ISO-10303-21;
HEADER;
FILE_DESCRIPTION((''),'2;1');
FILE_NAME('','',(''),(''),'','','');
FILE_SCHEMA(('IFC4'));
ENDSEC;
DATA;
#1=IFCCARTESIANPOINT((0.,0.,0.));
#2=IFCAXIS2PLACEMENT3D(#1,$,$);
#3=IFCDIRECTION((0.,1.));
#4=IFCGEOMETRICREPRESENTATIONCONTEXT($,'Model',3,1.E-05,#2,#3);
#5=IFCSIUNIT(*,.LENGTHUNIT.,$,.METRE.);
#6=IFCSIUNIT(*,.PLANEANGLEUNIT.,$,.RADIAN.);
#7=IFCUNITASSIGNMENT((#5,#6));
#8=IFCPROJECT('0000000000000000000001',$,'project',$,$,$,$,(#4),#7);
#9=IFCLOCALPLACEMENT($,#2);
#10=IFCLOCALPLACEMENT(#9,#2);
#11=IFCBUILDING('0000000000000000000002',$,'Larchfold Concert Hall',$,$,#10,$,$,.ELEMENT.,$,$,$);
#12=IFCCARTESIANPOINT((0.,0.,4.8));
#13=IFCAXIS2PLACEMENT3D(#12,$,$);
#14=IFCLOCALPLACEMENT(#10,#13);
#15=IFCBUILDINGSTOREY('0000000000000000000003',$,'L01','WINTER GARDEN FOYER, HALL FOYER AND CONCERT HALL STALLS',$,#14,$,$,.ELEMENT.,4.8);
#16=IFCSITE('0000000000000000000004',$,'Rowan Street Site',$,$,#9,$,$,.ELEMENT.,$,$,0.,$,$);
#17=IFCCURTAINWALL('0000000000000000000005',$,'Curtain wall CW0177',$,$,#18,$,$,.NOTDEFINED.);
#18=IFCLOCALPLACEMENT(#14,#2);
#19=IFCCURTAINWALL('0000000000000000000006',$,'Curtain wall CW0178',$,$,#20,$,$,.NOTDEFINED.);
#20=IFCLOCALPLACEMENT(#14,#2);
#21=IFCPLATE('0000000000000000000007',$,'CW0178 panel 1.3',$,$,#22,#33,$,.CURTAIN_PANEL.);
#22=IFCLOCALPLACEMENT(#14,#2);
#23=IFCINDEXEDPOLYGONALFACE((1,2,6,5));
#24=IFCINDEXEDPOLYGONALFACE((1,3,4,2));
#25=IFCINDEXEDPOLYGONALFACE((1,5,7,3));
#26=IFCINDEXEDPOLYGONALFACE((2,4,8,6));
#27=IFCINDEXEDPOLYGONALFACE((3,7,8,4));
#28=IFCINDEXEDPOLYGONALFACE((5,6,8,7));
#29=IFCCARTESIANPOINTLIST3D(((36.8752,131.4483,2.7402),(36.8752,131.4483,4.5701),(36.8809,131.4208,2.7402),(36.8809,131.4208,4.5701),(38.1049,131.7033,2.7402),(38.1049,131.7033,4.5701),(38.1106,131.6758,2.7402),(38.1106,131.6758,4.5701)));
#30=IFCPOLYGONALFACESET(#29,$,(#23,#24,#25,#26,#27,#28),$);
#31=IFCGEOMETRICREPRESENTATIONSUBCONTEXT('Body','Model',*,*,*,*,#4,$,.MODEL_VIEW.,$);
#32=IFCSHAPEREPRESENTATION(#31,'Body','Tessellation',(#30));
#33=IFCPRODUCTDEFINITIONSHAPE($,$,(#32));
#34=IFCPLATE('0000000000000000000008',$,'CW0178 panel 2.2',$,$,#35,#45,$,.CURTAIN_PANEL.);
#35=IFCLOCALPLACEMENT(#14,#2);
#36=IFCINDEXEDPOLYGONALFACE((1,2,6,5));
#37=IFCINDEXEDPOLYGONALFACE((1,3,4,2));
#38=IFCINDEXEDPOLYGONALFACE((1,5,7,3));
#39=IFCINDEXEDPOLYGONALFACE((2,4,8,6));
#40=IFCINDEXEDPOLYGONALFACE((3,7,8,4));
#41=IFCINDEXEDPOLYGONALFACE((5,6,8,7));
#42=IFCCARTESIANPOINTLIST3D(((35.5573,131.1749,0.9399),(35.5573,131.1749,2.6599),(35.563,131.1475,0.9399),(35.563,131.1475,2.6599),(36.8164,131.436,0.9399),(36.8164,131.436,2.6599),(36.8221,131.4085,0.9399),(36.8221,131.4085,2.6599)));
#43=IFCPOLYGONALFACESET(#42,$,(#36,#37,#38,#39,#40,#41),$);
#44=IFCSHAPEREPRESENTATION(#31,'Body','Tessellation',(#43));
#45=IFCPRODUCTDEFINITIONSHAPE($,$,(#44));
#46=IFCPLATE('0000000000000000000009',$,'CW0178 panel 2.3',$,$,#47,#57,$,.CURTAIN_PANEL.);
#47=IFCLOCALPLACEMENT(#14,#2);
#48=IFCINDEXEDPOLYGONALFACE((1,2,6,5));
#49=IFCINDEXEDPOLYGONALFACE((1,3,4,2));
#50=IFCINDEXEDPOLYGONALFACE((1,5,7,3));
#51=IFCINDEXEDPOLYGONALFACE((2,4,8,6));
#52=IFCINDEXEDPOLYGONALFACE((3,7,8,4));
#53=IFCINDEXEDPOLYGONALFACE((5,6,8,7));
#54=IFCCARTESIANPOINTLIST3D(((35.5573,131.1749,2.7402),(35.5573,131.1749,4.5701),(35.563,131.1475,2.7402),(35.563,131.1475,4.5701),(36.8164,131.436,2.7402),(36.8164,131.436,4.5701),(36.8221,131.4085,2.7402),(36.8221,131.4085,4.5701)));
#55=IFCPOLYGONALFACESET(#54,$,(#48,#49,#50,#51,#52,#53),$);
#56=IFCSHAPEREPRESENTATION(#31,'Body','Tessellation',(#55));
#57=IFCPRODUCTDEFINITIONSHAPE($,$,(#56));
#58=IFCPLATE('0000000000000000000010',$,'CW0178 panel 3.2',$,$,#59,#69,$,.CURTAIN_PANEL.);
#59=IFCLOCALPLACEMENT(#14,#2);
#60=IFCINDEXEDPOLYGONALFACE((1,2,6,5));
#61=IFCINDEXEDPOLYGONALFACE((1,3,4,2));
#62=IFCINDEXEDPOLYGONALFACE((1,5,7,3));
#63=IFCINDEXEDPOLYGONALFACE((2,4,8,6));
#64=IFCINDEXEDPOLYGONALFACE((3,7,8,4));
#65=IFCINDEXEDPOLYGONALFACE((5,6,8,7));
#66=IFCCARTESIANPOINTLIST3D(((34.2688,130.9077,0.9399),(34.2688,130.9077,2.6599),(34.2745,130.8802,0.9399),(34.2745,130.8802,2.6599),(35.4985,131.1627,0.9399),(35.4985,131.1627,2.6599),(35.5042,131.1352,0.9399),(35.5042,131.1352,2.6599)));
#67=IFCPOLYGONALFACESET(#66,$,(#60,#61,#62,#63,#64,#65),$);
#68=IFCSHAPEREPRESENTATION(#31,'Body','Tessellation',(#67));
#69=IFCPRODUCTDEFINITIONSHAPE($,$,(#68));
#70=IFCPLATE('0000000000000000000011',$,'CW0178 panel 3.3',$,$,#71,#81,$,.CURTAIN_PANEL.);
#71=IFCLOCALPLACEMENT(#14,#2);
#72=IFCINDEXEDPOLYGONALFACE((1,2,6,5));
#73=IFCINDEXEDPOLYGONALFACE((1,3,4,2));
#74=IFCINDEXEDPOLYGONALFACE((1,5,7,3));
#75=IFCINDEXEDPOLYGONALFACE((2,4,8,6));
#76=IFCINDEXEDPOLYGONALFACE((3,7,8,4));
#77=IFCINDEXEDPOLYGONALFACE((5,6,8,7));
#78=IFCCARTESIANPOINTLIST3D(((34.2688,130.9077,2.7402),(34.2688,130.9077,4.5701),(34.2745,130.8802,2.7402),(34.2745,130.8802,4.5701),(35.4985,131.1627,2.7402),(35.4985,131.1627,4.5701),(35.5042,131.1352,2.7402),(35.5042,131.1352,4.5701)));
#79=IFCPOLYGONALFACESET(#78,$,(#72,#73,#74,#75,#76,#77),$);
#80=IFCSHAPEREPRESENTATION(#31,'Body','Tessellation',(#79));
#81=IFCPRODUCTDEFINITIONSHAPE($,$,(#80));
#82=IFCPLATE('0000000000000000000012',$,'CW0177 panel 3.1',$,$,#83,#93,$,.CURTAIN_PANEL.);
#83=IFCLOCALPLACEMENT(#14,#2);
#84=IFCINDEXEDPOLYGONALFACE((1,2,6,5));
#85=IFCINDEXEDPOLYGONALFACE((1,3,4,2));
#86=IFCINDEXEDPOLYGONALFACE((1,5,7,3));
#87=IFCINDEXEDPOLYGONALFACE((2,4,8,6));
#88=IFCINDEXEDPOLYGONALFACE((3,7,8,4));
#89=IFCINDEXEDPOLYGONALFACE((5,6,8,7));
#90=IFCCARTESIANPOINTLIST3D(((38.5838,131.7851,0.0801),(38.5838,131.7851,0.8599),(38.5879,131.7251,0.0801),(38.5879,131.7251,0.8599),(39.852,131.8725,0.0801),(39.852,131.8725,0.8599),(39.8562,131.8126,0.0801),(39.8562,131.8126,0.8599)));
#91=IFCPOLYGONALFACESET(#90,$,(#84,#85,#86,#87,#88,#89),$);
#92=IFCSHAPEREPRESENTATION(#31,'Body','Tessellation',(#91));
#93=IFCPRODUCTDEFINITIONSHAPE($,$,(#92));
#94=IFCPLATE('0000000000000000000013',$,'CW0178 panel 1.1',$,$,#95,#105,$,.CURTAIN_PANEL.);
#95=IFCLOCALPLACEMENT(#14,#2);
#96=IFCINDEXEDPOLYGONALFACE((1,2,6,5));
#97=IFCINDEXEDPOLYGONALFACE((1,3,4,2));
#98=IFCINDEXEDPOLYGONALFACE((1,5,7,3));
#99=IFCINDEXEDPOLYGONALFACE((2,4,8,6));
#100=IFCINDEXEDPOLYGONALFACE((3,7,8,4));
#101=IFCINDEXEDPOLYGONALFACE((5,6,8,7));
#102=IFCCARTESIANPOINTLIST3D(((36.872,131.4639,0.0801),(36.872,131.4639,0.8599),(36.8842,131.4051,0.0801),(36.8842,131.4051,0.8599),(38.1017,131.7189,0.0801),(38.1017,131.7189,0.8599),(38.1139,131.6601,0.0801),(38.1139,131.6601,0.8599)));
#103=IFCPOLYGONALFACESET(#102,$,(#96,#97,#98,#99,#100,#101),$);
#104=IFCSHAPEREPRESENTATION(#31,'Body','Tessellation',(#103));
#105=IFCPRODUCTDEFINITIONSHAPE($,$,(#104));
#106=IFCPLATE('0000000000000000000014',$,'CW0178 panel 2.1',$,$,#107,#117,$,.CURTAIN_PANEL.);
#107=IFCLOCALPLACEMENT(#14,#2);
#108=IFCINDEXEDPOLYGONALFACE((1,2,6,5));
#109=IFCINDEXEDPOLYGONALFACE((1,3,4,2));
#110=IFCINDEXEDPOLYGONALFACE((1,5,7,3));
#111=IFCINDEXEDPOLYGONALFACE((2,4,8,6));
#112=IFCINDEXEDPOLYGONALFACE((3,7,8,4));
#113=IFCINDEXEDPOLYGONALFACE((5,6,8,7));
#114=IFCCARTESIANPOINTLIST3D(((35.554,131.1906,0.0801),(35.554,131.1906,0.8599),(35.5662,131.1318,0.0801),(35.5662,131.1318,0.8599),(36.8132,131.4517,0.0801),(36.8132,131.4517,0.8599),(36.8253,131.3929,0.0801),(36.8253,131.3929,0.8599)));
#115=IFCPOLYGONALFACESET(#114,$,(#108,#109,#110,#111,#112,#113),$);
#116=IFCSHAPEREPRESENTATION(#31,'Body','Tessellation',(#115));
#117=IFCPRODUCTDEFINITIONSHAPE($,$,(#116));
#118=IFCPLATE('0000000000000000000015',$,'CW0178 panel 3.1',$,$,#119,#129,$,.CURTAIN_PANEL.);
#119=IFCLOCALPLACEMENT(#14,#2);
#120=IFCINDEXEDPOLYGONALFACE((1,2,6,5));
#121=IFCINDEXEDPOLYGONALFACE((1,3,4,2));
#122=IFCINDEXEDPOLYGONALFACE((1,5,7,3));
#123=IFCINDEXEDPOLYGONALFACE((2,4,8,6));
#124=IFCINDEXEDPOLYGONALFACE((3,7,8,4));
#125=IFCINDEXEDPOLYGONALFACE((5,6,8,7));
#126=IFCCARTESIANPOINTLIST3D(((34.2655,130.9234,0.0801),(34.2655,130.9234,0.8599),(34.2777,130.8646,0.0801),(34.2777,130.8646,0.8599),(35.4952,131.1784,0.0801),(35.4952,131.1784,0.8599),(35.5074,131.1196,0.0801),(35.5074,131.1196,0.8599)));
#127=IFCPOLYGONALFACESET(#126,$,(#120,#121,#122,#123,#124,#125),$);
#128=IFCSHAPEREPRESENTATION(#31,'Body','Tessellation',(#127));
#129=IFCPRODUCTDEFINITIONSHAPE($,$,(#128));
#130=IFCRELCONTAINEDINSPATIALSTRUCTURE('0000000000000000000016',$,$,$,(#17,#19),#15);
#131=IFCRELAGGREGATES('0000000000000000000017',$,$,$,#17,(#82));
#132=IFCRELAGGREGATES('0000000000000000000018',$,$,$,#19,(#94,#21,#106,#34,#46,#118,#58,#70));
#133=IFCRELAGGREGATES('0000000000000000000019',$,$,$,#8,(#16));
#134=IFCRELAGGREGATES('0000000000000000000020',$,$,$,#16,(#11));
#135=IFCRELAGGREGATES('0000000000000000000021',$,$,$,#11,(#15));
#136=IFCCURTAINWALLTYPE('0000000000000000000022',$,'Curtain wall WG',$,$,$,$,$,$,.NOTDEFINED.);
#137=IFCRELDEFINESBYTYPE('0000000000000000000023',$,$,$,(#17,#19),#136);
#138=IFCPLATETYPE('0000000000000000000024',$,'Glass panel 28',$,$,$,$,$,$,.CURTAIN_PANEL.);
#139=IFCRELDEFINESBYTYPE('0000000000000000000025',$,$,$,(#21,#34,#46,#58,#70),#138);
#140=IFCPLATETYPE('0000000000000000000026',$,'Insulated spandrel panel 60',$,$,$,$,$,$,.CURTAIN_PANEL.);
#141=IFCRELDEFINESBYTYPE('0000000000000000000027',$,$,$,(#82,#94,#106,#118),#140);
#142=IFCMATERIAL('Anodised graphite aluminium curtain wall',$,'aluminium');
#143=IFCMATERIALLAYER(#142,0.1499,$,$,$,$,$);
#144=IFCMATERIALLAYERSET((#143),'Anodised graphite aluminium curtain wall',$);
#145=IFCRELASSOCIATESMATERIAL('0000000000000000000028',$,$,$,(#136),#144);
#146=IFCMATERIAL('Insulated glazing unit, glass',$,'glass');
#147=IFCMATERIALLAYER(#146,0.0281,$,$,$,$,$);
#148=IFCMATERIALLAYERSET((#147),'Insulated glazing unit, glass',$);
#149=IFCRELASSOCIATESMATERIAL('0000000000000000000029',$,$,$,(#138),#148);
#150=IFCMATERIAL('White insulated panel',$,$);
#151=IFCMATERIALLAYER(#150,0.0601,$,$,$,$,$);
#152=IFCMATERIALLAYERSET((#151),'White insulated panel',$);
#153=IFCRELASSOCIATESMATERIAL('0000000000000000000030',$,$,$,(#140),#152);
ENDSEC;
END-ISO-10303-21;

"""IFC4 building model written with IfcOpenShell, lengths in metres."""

from ifc_helpers import new_model, si_unit, direction, frame, origin, origin_2d, place, context, subcontext, project, spatial, rectangle, extrude, material, layer, layer_set, type_object, element, aggregate, save


model = new_model("IFC4")

# Units and contexts
model_context = context("Model", 3, precision=1e-05, world=origin(), true_north=direction((0.0, 1.0)))
body_context = subcontext(model_context, "Body", "Model", "MODEL_VIEW")
ifc_project = project(units=[si_unit("LENGTHUNIT", "METRE"), si_unit("PLANEANGLEUNIT", "RADIAN")], contexts=[model_context])

# Site, building, storey
site_placement = place(None, origin())
site = spatial("IfcSite", under=ifc_project, at=site_placement, Name="Rowan Street Site", CompositionType="ELEMENT", RefElevation=0.0)
building_placement = place(site_placement, origin())
building = spatial("IfcBuilding", under=site, at=building_placement, Name="Larchfold Concert Hall", CompositionType="ELEMENT")
storey_placement = place(building_placement, frame((0.0, 0.0, 4.8)))
storey = spatial("IfcBuildingStorey", under=building, at=storey_placement, Name="L01", Description="WINTER GARDEN FOYER, HALL FOYER AND CONCERT HALL STALLS", CompositionType="ELEMENT", Elevation=4.8)

# Curtain wall
ifc_material_1 = material(Name="Anodised graphite aluminium curtain wall", Category="aluminium")
ifc_layer_1 = layer(ifc_material_1, 0.1499)
ifc_layer_set_1 = layer_set([ifc_layer_1], Name="Anodised graphite aluminium curtain wall")
curtain_wall_type = type_object("IfcCurtainWallType", Name="Curtain wall WG", PredefinedType="NOTDEFINED", material=ifc_layer_set_1)
curtain_wall_1_placement = place(storey_placement, origin())
curtain_wall_1 = element("IfcCurtainWall", 1, at=curtain_wall_1_placement, inside=storey, type_object=curtain_wall_type, Name="Curtain wall CW0177", PredefinedType="NOTDEFINED")

# Curtain wall
curtain_wall_2_placement = place(storey_placement, origin())
curtain_wall_2 = element("IfcCurtainWall", 2, at=curtain_wall_2_placement, inside=storey, type_object=curtain_wall_type, Name="Curtain wall CW0178", PredefinedType="NOTDEFINED")

# Plates
ifc_material_2 = material(Name="Insulated glazing unit, glass", Category="glass")
ifc_layer_2 = layer(ifc_material_2, 0.0281)
ifc_layer_set_2 = layer_set([ifc_layer_2], Name="Insulated glazing unit, glass")
plate_type_1 = type_object("IfcPlateType", Name="Glass panel 28", PredefinedType="CURTAIN_PANEL", material=ifc_layer_set_2)
plate_1_placement = place(storey_placement, frame((37.4929, 131.562, 2.7402), z_axis=(0.0, 0.0, 1.0), x_axis=(-0.97917, -0.203041, 0.0)))
plate_1 = element("IfcPlate", 3, at=plate_1_placement, type_object=plate_type_1, Name="CW0178 panel 1.3", PredefinedType="CURTAIN_PANEL", context=body_context, shape_type="SweptSolid", body=[
    extrude(rectangle(XDim=1.2559, YDim=0.0281, at=origin_2d()), origin(), (0.0, 0.0, 1.0), 1.8298),
])
plate_2_placement = place(storey_placement, frame((36.1897, 131.2917, 0.9399), z_axis=(0.0, 0.0, 1.0), x_axis=(-0.97917, -0.203041, 0.0)))
plate_2 = element("IfcPlate", 4, at=plate_2_placement, type_object=plate_type_1, Name="CW0178 panel 2.2", PredefinedType="CURTAIN_PANEL", context=body_context, shape_type="SweptSolid", body=[
    extrude(rectangle(XDim=1.2859, YDim=0.0281, at=origin_2d()), origin(), (0.0, 0.0, 1.0), 1.72),
])
plate_3_placement = place(storey_placement, frame((36.1897, 131.2917, 2.7402), z_axis=(0.0, 0.0, 1.0), x_axis=(-0.97917, -0.203041, 0.0)))
plate_3 = element("IfcPlate", 5, at=plate_3_placement, type_object=plate_type_1, Name="CW0178 panel 2.3", PredefinedType="CURTAIN_PANEL", context=body_context, shape_type="SweptSolid", body=[
    extrude(rectangle(XDim=1.2859, YDim=0.0281, at=origin_2d()), origin(), (0.0, 0.0, 1.0), 1.8298),
])
plate_4_placement = place(storey_placement, frame((34.8865, 131.0215, 0.9399), z_axis=(0.0, 0.0, 1.0), x_axis=(-0.97917, -0.203041, 0.0)))
plate_4 = element("IfcPlate", 6, at=plate_4_placement, type_object=plate_type_1, Name="CW0178 panel 3.2", PredefinedType="CURTAIN_PANEL", context=body_context, shape_type="SweptSolid", body=[
    extrude(rectangle(XDim=1.2559, YDim=0.0281, at=origin_2d()), origin(), (0.0, 0.0, 1.0), 1.72),
])
plate_5_placement = place(storey_placement, frame((34.8865, 131.0215, 2.7402), z_axis=(0.0, 0.0, 1.0), x_axis=(-0.97917, -0.203041, 0.0)))
plate_5 = element("IfcPlate", 7, at=plate_5_placement, type_object=plate_type_1, Name="CW0178 panel 3.3", PredefinedType="CURTAIN_PANEL", context=body_context, shape_type="SweptSolid", body=[
    extrude(rectangle(XDim=1.2559, YDim=0.0281, at=origin_2d()), origin(), (0.0, 0.0, 1.0), 1.8298),
])
ifc_material_3 = material(Name="White insulated panel")
ifc_layer_3 = layer(ifc_material_3, 0.0601)
ifc_layer_set_3 = layer_set([ifc_layer_3], Name="White insulated panel")
plate_type_2 = type_object("IfcPlateType", Name="Insulated spandrel panel 60", PredefinedType="CURTAIN_PANEL", material=ifc_layer_set_3)
plate_6_placement = place(storey_placement, frame((39.22, 131.7988, 0.0801), z_axis=(0.0, 0.0, 1.0), x_axis=(-0.99763, -0.068808, 0.0)))
plate_6 = element("IfcPlate", 8, at=plate_6_placement, type_object=plate_type_2, Name="CW0177 panel 3.1", PredefinedType="CURTAIN_PANEL", context=body_context, shape_type="SweptSolid", body=[
    extrude(rectangle(XDim=1.2712, YDim=0.0601, at=origin_2d()), origin(), (0.0, 0.0, 1.0), 0.7798),
])
aggregate(curtain_wall_1, [plate_6])
plate_7_placement = place(storey_placement, frame((37.4929, 131.562, 0.0801), z_axis=(0.0, 0.0, 1.0), x_axis=(-0.97917, -0.203041, 0.0)))
plate_7 = element("IfcPlate", 9, at=plate_7_placement, type_object=plate_type_2, Name="CW0178 panel 1.1", PredefinedType="CURTAIN_PANEL", context=body_context, shape_type="SweptSolid", body=[
    extrude(rectangle(XDim=1.2559, YDim=0.0601, at=origin_2d()), origin(), (0.0, 0.0, 1.0), 0.7798),
])
plate_8_placement = place(storey_placement, frame((36.1897, 131.2917, 0.0801), z_axis=(0.0, 0.0, 1.0), x_axis=(-0.97917, -0.203041, 0.0)))
plate_8 = element("IfcPlate", 10, at=plate_8_placement, type_object=plate_type_2, Name="CW0178 panel 2.1", PredefinedType="CURTAIN_PANEL", context=body_context, shape_type="SweptSolid", body=[
    extrude(rectangle(XDim=1.2859, YDim=0.0601, at=origin_2d()), origin(), (0.0, 0.0, 1.0), 0.7798),
])
plate_9_placement = place(storey_placement, frame((34.8865, 131.0215, 0.0801), z_axis=(0.0, 0.0, 1.0), x_axis=(-0.97917, -0.203041, 0.0)))
plate_9 = element("IfcPlate", 11, at=plate_9_placement, type_object=plate_type_2, Name="CW0178 panel 3.1", PredefinedType="CURTAIN_PANEL", context=body_context, shape_type="SweptSolid", body=[
    extrude(rectangle(XDim=1.2559, YDim=0.0601, at=origin_2d()), origin(), (0.0, 0.0, 1.0), 0.7798),
])
aggregate(curtain_wall_2, [plate_7, plate_1, plate_8, plate_2, plate_3, plate_9, plate_4, plate_5])

save(model, "model.ifc")
